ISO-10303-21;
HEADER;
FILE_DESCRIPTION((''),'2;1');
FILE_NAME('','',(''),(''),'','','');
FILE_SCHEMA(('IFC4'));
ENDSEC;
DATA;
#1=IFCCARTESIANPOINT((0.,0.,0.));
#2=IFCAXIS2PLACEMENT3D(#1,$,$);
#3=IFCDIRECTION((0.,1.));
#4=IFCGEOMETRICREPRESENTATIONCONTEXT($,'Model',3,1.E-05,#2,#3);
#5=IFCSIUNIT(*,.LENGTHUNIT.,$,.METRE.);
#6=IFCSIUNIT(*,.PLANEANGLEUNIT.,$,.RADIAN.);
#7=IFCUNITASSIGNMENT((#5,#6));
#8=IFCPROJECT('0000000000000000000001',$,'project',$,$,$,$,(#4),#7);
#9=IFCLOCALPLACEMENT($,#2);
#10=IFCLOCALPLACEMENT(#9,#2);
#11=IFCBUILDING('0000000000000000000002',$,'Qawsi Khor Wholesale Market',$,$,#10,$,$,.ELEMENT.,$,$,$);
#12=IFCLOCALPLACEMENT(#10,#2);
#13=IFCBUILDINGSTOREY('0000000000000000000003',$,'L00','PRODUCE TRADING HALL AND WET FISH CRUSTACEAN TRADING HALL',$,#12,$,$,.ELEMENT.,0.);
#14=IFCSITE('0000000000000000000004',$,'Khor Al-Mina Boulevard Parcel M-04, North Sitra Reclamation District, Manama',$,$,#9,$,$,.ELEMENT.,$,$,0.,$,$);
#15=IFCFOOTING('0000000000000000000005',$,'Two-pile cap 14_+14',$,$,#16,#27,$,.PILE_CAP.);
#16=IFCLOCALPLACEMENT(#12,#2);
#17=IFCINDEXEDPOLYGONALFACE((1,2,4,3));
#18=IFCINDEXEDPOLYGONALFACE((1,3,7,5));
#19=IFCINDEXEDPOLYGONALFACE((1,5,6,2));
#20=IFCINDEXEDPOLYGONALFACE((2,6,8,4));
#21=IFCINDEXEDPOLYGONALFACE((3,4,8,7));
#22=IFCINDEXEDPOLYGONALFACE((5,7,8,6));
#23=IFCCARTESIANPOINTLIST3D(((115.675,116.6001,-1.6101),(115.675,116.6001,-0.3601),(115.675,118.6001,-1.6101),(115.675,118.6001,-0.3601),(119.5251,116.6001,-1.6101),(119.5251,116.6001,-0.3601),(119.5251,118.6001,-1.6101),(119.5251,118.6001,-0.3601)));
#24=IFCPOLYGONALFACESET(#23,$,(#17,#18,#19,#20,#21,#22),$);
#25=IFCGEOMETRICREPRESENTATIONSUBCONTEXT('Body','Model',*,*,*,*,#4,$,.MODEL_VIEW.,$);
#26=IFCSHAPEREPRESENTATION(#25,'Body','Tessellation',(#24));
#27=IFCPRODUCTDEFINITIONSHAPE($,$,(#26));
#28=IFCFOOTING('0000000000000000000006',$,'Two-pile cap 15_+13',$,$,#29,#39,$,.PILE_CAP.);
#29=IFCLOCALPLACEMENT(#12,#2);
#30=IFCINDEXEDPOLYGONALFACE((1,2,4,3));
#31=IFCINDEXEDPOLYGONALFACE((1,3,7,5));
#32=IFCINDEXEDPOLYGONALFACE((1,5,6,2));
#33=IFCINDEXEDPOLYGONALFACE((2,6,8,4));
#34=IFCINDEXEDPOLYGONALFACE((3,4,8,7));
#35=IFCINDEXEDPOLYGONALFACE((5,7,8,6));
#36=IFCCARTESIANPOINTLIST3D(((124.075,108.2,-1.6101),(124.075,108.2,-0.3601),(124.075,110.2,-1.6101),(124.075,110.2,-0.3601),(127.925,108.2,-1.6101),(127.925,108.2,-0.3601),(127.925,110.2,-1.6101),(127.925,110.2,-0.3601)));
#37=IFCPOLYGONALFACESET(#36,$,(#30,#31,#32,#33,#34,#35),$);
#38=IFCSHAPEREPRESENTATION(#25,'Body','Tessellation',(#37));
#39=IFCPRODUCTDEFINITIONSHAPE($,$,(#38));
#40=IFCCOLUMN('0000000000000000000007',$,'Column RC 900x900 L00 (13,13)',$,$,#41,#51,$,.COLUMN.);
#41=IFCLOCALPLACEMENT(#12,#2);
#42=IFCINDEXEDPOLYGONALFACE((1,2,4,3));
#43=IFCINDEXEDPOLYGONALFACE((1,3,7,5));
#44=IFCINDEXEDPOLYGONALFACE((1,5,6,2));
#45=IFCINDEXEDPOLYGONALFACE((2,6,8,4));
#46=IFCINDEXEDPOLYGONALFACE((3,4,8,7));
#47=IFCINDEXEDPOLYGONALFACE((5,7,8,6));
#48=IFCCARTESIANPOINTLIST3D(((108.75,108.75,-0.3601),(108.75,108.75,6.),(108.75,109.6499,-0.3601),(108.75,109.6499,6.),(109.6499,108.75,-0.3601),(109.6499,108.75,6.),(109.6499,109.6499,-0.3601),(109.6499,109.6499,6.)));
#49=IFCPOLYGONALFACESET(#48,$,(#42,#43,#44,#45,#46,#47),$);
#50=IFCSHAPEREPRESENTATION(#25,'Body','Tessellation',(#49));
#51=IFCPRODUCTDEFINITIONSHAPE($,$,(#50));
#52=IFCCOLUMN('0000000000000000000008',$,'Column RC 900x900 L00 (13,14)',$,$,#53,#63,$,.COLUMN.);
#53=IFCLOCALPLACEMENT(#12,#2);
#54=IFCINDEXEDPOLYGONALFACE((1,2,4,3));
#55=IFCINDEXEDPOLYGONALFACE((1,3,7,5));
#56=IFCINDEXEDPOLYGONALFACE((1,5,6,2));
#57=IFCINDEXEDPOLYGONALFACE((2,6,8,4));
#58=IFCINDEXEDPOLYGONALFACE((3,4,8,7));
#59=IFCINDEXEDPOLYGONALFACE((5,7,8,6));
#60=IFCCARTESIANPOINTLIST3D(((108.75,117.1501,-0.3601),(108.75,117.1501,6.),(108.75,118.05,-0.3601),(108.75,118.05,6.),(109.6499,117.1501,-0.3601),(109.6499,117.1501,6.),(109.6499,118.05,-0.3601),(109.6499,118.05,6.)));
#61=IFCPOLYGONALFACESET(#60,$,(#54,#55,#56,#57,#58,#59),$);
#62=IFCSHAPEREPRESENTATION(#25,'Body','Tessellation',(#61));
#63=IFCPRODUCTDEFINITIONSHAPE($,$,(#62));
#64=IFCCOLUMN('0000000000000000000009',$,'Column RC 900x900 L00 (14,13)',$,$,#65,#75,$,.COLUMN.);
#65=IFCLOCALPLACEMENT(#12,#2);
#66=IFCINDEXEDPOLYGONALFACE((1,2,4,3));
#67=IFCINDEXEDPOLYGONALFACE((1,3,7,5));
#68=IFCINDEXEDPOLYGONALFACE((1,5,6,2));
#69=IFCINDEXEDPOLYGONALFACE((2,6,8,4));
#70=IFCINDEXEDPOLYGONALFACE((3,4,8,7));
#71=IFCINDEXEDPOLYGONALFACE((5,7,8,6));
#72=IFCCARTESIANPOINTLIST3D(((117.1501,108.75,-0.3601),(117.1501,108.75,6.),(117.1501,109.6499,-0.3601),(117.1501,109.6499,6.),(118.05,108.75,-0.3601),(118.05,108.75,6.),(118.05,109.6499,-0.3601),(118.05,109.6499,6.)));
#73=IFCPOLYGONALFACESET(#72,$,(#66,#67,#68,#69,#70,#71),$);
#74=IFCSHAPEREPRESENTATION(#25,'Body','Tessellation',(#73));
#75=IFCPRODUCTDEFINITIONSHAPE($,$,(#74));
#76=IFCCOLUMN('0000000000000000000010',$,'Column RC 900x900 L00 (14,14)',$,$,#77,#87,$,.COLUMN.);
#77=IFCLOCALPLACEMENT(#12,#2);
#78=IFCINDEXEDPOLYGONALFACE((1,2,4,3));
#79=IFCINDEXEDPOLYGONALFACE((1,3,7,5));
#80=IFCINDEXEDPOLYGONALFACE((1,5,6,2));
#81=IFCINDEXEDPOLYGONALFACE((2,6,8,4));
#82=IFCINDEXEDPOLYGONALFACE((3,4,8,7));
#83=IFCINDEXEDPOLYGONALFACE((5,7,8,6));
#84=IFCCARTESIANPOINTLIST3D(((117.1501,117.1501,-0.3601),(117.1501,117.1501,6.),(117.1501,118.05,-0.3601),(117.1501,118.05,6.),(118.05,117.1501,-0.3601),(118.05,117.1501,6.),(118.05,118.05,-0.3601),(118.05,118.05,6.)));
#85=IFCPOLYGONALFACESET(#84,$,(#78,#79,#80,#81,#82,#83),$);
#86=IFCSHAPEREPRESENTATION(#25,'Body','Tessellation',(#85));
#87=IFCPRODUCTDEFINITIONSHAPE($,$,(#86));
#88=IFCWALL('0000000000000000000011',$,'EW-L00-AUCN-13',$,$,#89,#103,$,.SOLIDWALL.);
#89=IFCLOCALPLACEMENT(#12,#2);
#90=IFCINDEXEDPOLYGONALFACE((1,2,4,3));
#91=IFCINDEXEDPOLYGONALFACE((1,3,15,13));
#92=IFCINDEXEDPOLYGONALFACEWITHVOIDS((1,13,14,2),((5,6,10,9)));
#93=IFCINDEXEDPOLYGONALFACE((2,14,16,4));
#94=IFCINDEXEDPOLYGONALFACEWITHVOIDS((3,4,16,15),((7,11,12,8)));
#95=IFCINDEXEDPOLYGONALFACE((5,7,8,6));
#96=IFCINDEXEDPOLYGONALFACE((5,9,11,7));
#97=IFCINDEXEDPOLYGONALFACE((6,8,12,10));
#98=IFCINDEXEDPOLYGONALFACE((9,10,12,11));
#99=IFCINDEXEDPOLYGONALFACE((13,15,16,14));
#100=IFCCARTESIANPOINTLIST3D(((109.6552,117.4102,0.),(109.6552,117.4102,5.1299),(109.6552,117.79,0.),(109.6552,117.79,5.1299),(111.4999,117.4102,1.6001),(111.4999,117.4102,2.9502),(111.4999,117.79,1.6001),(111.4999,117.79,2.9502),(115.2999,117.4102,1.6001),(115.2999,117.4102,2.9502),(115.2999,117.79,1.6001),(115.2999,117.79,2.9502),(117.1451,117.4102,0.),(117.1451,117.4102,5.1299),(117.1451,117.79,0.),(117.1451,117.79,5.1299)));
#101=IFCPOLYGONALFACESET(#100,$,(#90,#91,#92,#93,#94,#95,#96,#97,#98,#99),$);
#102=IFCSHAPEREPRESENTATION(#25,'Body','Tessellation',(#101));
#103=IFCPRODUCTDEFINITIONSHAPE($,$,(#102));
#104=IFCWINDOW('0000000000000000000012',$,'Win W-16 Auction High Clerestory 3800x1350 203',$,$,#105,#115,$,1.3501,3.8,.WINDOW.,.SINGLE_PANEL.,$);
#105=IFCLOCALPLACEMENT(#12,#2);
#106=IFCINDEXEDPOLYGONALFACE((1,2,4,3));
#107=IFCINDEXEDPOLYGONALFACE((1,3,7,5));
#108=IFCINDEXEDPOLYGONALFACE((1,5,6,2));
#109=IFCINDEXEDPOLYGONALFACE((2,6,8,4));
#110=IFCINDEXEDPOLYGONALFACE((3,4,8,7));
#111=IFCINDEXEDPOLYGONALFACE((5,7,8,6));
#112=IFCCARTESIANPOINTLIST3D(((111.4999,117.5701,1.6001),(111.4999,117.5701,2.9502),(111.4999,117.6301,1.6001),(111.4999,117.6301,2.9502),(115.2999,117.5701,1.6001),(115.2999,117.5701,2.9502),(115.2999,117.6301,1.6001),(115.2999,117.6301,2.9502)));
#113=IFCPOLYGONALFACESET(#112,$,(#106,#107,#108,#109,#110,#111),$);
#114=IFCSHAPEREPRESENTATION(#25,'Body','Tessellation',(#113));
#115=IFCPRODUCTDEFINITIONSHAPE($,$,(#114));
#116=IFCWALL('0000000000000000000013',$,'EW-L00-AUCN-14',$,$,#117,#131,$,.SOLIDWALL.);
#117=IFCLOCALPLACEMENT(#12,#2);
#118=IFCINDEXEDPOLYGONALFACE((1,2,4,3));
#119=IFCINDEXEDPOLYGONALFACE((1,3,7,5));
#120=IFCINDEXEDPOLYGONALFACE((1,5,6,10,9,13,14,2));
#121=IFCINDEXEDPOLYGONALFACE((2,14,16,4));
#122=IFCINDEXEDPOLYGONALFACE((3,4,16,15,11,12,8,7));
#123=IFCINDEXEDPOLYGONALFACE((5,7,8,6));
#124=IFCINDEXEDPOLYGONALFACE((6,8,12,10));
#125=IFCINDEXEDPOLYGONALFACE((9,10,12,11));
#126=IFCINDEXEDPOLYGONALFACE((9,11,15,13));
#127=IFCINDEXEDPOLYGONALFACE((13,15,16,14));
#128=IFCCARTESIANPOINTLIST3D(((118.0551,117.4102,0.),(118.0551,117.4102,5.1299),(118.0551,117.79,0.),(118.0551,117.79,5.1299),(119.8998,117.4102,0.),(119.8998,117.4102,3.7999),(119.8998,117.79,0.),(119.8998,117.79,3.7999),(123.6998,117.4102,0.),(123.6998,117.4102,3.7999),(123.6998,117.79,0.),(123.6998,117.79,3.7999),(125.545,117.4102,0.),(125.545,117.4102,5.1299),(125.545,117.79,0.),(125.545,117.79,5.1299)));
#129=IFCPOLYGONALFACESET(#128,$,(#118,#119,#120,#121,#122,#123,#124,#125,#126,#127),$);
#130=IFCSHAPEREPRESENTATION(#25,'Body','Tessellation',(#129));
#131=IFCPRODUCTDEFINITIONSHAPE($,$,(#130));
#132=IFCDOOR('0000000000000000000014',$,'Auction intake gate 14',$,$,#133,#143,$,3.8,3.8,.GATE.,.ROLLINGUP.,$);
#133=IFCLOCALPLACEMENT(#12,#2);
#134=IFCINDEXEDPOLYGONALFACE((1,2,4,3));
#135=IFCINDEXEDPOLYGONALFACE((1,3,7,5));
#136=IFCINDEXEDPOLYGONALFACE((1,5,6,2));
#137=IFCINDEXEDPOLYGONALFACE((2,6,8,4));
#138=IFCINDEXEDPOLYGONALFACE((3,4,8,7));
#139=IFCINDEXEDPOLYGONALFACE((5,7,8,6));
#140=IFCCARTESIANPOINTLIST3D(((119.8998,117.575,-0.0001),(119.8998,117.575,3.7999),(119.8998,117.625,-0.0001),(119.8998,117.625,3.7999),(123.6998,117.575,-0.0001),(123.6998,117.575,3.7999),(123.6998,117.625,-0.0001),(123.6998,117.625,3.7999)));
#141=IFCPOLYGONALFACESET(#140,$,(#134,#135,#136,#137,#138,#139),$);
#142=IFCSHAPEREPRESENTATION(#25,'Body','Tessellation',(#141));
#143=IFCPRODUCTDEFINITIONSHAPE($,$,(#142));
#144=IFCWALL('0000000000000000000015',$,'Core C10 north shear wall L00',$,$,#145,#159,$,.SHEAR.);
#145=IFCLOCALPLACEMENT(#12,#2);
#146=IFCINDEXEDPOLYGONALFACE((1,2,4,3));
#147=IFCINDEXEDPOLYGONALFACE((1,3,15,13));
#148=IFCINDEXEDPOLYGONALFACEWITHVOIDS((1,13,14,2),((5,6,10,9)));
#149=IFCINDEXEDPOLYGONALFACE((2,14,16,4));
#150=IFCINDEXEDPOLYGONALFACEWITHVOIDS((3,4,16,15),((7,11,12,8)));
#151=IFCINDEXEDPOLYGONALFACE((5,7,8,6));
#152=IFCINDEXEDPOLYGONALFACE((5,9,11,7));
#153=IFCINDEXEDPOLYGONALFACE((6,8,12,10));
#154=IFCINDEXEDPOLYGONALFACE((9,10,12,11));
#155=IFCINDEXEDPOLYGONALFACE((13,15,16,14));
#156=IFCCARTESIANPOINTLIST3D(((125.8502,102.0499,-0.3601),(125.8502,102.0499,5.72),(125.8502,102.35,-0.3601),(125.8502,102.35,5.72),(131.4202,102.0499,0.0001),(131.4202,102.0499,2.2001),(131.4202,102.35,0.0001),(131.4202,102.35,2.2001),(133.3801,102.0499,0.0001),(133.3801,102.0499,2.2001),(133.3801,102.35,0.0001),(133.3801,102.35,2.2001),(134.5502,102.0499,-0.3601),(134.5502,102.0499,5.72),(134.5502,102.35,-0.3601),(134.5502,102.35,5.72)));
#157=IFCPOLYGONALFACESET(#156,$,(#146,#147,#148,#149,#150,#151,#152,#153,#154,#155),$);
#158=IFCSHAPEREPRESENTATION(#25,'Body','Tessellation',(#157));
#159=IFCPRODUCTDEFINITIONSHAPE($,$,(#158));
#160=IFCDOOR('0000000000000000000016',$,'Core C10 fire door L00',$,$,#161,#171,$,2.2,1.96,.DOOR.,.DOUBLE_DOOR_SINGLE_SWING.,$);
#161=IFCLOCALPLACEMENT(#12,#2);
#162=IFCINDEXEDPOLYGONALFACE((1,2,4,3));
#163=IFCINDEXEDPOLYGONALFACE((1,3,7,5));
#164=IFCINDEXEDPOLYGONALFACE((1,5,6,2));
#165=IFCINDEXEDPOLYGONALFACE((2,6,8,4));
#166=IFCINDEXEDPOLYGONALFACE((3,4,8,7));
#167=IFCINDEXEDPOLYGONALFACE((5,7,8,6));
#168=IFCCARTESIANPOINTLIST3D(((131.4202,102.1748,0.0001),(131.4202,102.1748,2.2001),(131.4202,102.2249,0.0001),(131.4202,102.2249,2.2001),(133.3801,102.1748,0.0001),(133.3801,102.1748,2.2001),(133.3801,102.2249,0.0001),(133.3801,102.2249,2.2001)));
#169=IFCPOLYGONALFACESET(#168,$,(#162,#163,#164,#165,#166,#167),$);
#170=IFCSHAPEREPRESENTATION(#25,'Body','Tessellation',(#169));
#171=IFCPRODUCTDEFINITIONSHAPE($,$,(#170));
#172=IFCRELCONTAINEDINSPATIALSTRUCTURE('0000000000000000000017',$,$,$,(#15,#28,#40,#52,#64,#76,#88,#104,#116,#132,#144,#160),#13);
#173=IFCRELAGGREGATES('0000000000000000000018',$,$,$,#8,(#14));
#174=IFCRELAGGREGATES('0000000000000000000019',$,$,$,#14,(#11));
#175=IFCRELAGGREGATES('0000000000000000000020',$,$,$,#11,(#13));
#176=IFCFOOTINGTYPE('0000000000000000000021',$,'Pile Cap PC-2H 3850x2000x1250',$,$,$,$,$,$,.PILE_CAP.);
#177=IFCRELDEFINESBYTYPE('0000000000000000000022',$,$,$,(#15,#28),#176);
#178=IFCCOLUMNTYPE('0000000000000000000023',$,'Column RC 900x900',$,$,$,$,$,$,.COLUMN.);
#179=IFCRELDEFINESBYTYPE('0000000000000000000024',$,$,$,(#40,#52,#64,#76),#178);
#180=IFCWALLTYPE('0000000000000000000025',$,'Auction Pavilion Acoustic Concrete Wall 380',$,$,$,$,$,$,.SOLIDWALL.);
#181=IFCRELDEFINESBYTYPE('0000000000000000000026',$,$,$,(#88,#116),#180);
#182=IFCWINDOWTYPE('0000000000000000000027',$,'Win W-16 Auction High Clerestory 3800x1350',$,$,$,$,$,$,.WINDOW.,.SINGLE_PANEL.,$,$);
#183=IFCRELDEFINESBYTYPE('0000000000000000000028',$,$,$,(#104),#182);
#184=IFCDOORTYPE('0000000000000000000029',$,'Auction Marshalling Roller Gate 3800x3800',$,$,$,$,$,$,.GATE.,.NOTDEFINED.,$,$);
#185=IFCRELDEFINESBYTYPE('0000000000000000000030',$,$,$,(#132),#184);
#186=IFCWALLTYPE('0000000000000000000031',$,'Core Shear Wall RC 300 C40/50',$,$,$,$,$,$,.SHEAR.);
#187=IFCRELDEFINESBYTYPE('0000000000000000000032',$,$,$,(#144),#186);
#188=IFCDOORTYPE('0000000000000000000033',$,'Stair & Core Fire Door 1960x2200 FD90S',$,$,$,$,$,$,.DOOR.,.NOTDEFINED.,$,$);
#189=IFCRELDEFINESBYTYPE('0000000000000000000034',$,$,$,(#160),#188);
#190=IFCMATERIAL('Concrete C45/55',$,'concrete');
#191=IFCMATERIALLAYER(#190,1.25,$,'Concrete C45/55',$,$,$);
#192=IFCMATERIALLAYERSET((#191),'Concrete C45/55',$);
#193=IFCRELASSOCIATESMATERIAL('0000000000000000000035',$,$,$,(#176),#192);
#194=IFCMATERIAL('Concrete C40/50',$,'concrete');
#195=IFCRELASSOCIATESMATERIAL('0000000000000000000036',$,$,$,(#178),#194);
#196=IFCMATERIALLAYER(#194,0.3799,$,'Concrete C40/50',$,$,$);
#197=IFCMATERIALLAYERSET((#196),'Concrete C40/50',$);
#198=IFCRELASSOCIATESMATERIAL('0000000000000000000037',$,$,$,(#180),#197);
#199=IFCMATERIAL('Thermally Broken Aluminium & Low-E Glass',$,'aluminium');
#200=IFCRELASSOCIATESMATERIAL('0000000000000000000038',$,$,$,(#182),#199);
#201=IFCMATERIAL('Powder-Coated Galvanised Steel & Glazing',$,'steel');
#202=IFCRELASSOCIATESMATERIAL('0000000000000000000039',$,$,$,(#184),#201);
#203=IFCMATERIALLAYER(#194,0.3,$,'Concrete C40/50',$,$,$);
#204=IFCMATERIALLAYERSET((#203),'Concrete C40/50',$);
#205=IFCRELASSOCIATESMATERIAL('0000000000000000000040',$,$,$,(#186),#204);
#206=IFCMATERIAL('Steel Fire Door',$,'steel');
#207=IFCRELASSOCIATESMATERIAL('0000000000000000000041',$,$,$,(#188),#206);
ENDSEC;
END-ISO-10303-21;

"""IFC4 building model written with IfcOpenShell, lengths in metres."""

from ifc_helpers import new_model, si_unit, direction, frame, frame_2d, origin, origin_2d, place, context, subcontext, project, spatial, rectangle, extrude, material, layer, layer_set, material_profile, profile_set, type_object, element, fill, save


model = new_model("IFC4")

# Units and contexts
model_context = context("Model", 3, precision=1e-05, world=origin(), true_north=direction((0.0, 1.0)))
body_context = subcontext(model_context, "Body", "Model", "MODEL_VIEW")
ifc_project = project(units=[si_unit("LENGTHUNIT", "METRE"), si_unit("PLANEANGLEUNIT", "RADIAN")], contexts=[model_context])

# Site, building, storey
site_placement = place(None, origin())
site = spatial("IfcSite", under=ifc_project, at=site_placement, Name="Khor Al-Mina Boulevard Parcel M-04, North Sitra Reclamation District, Manama", CompositionType="ELEMENT", RefElevation=0.0)
building_placement = place(site_placement, origin())
building = spatial("IfcBuilding", under=site, at=building_placement, Name="Qawsi Khor Wholesale Market", CompositionType="ELEMENT")
storey_placement = place(building_placement, origin())
storey = spatial("IfcBuildingStorey", under=building, at=storey_placement, Name="L00", Description="PRODUCE TRADING HALL AND WET FISH CRUSTACEAN TRADING HALL", CompositionType="ELEMENT", Elevation=0.0)

# Shared definitions
ifc_material_1 = material(Name="Concrete C45/55", Category="concrete")

# Footings
ifc_layer_1 = layer(ifc_material_1, 1.25, Name="Concrete C45/55")
ifc_layer_set_1 = layer_set([ifc_layer_1], Name="Concrete C45/55")
footing_type_1 = type_object("IfcFootingType", Name="Pile Cap PC-2H 3850x2000x1250", PredefinedType="PILE_CAP", material=ifc_layer_set_1)
for number, where, z_axis, x_axis, name in (
    (1, (117.6001, 117.6001, -1.6101), (0.0, 0.0, 1.0), (1.0, 0.0, 0.0), "Two-pile cap 14_+14"),
    (2, (126.0, 109.2, -1.6101), (0.0, 0.0, 1.0), (1.0, 0.0, 0.0), "Two-pile cap 15_+13"),
):
    element("IfcFooting", number, at=place(storey_placement, frame(where, z_axis=z_axis, x_axis=x_axis)), inside=storey, type_object=footing_type_1, Name=name, PredefinedType="PILE_CAP", context=body_context, shape_type="SweptSolid", body=[
        extrude(rectangle(XDim=3.8501, YDim=2.0, at=origin_2d()), origin(), (0.0, 0.0, 1.0), 1.25),
    ])

# Columns
ifc_material_2 = material(Name="Concrete C40/50", Category="concrete")
ifc_material_profile_1 = material_profile(ifc_material_2, rectangle(XDim=0.8999, YDim=0.8999, at=origin_2d()), Name="RC 900x900")
ifc_profile_set_1 = profile_set([ifc_material_profile_1], Name="Concrete C40/50")
column_type = type_object("IfcColumnType", Name="Column RC 900x900", PredefinedType="COLUMN", material=ifc_profile_set_1)
for number, where, z_axis, x_axis, name in (
    (3, (109.2, 109.2, -0.3601), (0.0, 0.0, 1.0), (1.0, 0.0, 0.0), "Column RC 900x900 L00 (13,13)"),
    (4, (109.2, 117.6001, -0.3601), (0.0, 0.0, 1.0), (1.0, 0.0, 0.0), "Column RC 900x900 L00 (13,14)"),
    (5, (117.6001, 109.2, -0.3601), (0.0, 0.0, 1.0), (1.0, 0.0, 0.0), "Column RC 900x900 L00 (14,13)"),
    (6, (117.6001, 117.6001, -0.3601), (0.0, 0.0, 1.0), (1.0, 0.0, 0.0), "Column RC 900x900 L00 (14,14)"),
):
    element("IfcColumn", number, at=place(storey_placement, frame(where, z_axis=z_axis, x_axis=x_axis)), inside=storey, type_object=column_type, Name=name, PredefinedType="COLUMN", context=body_context, shape_type="SweptSolid", body=[
        extrude(rectangle(XDim=0.8999, YDim=0.8999, at=origin_2d()), origin(), (0.0, 0.0, 1.0), 6.3601),
    ])

# Wall, opening, window
ifc_layer_2 = layer(ifc_material_2, 0.3799, Name="Concrete C40/50")
ifc_layer_set_2 = layer_set([ifc_layer_2], Name="Concrete C40/50")
wall_type_1 = type_object("IfcWallType", Name="Auction Pavilion Acoustic Concrete Wall 380", PredefinedType="SOLIDWALL", material=ifc_layer_set_2)
wall_1_placement = place(storey_placement, frame((109.655, 117.6001, 0.0), z_axis=(0.0, 0.0, 1.0), x_axis=(1.0, 0.0, 0.0)))
wall_1 = element("IfcWall", 7, at=wall_1_placement, inside=storey, type_object=wall_type_1, Name="EW-L00-AUCN-13", PredefinedType="SOLIDWALL", context=body_context, shape_type="SweptSolid", body=[
    extrude(rectangle(XDim=7.49, YDim=0.3799, at=frame_2d((3.7451, 0.0))), origin(), (0.0, 0.0, 1.0), 5.1299),
])
opening_1_placement = place(wall_1_placement, frame((1.845, 0.0, 1.6001)))
opening_1 = element("IfcOpeningElement", 8, at=opening_1_placement, cuts=wall_1, PredefinedType="OPENING", context=body_context, shape_type="SweptSolid", body=[
    extrude(rectangle(XDim=3.8, YDim=1.3501, at=frame_2d((1.8999, 0.675))), frame((0.0, 0.2, 0.0), z_axis=(0.0, -1.0, 0.0), x_axis=(1.0, 0.0, 0.0)), (0.0, 0.0, 1.0), 0.3999),
])
ifc_material_3 = material(Name="Thermally Broken Aluminium & Low-E Glass", Category="aluminium")
window_type = type_object("IfcWindowType", Name="Win W-16 Auction High Clerestory 3800x1350", PartitioningType="SINGLE_PANEL", PredefinedType="WINDOW", material=ifc_material_3)
window_placement = place(opening_1_placement, origin())
window = element("IfcWindow", 9, at=window_placement, inside=storey, type_object=window_type, Name="Win W-16 Auction High Clerestory 3800x1350 203", OverallHeight=1.3501, OverallWidth=3.8, PartitioningType="SINGLE_PANEL", PredefinedType="WINDOW", context=body_context, shape_type="SweptSolid", body=[
    extrude(rectangle(XDim=3.8, YDim=1.3501, at=frame_2d((1.8999, 0.675))), frame((0.0, 0.03, 0.0), z_axis=(0.0, -1.0, 0.0), x_axis=(1.0, 0.0, 0.0)), (0.0, 0.0, 1.0), 0.0601),
])
fill(opening_1, window)

# Walls, openings, doors
wall_2_placement = place(storey_placement, frame((118.0549, 117.6001, 0.0), z_axis=(0.0, 0.0, 1.0), x_axis=(1.0, 0.0, 0.0)))
wall_2 = element("IfcWall", 10, at=wall_2_placement, inside=storey, type_object=wall_type_1, Name="EW-L00-AUCN-14", PredefinedType="SOLIDWALL", context=body_context, shape_type="SweptSolid", body=[
    extrude(rectangle(XDim=7.49, YDim=0.3799, at=frame_2d((3.7451, 0.0))), origin(), (0.0, 0.0, 1.0), 5.1299),
])
opening_2_placement = place(wall_2_placement, frame((1.845, 0.0, 0.0)))
opening_2 = element("IfcOpeningElement", 11, at=opening_2_placement, cuts=wall_2, PredefinedType="OPENING", context=body_context, shape_type="SweptSolid", body=[
    extrude(rectangle(XDim=3.8, YDim=3.8, at=frame_2d((1.8999, 1.8999))), frame((0.0, 0.2, 0.0), z_axis=(0.0, -1.0, 0.0), x_axis=(1.0, 0.0, 0.0)), (0.0, 0.0, 1.0), 0.3999),
])
ifc_material_4 = material(Name="Powder-Coated Galvanised Steel & Glazing", Category="steel")
door_type_1 = type_object("IfcDoorType", Name="Auction Marshalling Roller Gate 3800x3800", OperationType="NOTDEFINED", PredefinedType="GATE", material=ifc_material_4)
door_1_placement = place(opening_2_placement, origin())
door_1 = element("IfcDoor", 12, at=door_1_placement, inside=storey, type_object=door_type_1, Name="Auction intake gate 14", OperationType="ROLLINGUP", OverallHeight=3.8, OverallWidth=3.8, PredefinedType="GATE", context=body_context, shape_type="SweptSolid", body=[
    extrude(rectangle(XDim=3.8, YDim=3.8, at=frame_2d((1.8999, 1.8999))), frame((0.0, 0.0249, 0.0), z_axis=(0.0, -1.0, 0.0), x_axis=(1.0, 0.0, 0.0)), (0.0, 0.0, 1.0), 0.05),
])
fill(opening_2, door_1)
ifc_layer_3 = layer(ifc_material_2, 0.3, Name="Concrete C40/50")
ifc_layer_set_3 = layer_set([ifc_layer_3], Name="Concrete C40/50")
wall_type_2 = type_object("IfcWallType", Name="Core Shear Wall RC 300 C40/50", PredefinedType="SHEAR", material=ifc_layer_set_3)
wall_3_placement = place(storey_placement, frame((125.8501, 102.2, -0.3601), z_axis=(0.0, 0.0, 1.0), x_axis=(1.0, 0.0, 0.0)))
wall_3 = element("IfcWall", 13, at=wall_3_placement, inside=storey, type_object=wall_type_2, Name="Core C10 north shear wall L00", PredefinedType="SHEAR", context=body_context, shape_type="SweptSolid", body=[
    extrude(rectangle(XDim=8.7, YDim=0.3, at=frame_2d((4.3501, 0.0))), origin(), (0.0, 0.0, 1.0), 6.0801),
])
opening_3_placement = place(wall_3_placement, frame((5.5701, 0.0, 0.3601)))
opening_3 = element("IfcOpeningElement", 14, at=opening_3_placement, cuts=wall_3, PredefinedType="OPENING", context=body_context, shape_type="SweptSolid", body=[
    extrude(rectangle(XDim=1.96, YDim=2.2, at=frame_2d((0.98, 1.1001))), frame((0.0, 0.1599, 0.0), z_axis=(0.0, -1.0, 0.0), x_axis=(1.0, 0.0, 0.0)), (0.0, 0.0, 1.0), 0.3201),
])
ifc_material_5 = material(Name="Steel Fire Door", Category="steel")
door_type_2 = type_object("IfcDoorType", Name="Stair & Core Fire Door 1960x2200 FD90S", OperationType="NOTDEFINED", PredefinedType="DOOR", material=ifc_material_5)
door_2_placement = place(opening_3_placement, origin())
door_2 = element("IfcDoor", 15, at=door_2_placement, inside=storey, type_object=door_type_2, Name="Core C10 fire door L00", OperationType="DOUBLE_DOOR_SINGLE_SWING", OverallHeight=2.2, OverallWidth=1.96, PredefinedType="DOOR", context=body_context, shape_type="SweptSolid", body=[
    extrude(rectangle(XDim=1.96, YDim=2.2, at=frame_2d((0.98, 1.1001))), frame((0.0, 0.0249, 0.0), z_axis=(0.0, -1.0, 0.0), x_axis=(1.0, 0.0, 0.0)), (0.0, 0.0, 1.0), 0.05),
])
fill(opening_3, door_2)

save(model, "model.ifc")
